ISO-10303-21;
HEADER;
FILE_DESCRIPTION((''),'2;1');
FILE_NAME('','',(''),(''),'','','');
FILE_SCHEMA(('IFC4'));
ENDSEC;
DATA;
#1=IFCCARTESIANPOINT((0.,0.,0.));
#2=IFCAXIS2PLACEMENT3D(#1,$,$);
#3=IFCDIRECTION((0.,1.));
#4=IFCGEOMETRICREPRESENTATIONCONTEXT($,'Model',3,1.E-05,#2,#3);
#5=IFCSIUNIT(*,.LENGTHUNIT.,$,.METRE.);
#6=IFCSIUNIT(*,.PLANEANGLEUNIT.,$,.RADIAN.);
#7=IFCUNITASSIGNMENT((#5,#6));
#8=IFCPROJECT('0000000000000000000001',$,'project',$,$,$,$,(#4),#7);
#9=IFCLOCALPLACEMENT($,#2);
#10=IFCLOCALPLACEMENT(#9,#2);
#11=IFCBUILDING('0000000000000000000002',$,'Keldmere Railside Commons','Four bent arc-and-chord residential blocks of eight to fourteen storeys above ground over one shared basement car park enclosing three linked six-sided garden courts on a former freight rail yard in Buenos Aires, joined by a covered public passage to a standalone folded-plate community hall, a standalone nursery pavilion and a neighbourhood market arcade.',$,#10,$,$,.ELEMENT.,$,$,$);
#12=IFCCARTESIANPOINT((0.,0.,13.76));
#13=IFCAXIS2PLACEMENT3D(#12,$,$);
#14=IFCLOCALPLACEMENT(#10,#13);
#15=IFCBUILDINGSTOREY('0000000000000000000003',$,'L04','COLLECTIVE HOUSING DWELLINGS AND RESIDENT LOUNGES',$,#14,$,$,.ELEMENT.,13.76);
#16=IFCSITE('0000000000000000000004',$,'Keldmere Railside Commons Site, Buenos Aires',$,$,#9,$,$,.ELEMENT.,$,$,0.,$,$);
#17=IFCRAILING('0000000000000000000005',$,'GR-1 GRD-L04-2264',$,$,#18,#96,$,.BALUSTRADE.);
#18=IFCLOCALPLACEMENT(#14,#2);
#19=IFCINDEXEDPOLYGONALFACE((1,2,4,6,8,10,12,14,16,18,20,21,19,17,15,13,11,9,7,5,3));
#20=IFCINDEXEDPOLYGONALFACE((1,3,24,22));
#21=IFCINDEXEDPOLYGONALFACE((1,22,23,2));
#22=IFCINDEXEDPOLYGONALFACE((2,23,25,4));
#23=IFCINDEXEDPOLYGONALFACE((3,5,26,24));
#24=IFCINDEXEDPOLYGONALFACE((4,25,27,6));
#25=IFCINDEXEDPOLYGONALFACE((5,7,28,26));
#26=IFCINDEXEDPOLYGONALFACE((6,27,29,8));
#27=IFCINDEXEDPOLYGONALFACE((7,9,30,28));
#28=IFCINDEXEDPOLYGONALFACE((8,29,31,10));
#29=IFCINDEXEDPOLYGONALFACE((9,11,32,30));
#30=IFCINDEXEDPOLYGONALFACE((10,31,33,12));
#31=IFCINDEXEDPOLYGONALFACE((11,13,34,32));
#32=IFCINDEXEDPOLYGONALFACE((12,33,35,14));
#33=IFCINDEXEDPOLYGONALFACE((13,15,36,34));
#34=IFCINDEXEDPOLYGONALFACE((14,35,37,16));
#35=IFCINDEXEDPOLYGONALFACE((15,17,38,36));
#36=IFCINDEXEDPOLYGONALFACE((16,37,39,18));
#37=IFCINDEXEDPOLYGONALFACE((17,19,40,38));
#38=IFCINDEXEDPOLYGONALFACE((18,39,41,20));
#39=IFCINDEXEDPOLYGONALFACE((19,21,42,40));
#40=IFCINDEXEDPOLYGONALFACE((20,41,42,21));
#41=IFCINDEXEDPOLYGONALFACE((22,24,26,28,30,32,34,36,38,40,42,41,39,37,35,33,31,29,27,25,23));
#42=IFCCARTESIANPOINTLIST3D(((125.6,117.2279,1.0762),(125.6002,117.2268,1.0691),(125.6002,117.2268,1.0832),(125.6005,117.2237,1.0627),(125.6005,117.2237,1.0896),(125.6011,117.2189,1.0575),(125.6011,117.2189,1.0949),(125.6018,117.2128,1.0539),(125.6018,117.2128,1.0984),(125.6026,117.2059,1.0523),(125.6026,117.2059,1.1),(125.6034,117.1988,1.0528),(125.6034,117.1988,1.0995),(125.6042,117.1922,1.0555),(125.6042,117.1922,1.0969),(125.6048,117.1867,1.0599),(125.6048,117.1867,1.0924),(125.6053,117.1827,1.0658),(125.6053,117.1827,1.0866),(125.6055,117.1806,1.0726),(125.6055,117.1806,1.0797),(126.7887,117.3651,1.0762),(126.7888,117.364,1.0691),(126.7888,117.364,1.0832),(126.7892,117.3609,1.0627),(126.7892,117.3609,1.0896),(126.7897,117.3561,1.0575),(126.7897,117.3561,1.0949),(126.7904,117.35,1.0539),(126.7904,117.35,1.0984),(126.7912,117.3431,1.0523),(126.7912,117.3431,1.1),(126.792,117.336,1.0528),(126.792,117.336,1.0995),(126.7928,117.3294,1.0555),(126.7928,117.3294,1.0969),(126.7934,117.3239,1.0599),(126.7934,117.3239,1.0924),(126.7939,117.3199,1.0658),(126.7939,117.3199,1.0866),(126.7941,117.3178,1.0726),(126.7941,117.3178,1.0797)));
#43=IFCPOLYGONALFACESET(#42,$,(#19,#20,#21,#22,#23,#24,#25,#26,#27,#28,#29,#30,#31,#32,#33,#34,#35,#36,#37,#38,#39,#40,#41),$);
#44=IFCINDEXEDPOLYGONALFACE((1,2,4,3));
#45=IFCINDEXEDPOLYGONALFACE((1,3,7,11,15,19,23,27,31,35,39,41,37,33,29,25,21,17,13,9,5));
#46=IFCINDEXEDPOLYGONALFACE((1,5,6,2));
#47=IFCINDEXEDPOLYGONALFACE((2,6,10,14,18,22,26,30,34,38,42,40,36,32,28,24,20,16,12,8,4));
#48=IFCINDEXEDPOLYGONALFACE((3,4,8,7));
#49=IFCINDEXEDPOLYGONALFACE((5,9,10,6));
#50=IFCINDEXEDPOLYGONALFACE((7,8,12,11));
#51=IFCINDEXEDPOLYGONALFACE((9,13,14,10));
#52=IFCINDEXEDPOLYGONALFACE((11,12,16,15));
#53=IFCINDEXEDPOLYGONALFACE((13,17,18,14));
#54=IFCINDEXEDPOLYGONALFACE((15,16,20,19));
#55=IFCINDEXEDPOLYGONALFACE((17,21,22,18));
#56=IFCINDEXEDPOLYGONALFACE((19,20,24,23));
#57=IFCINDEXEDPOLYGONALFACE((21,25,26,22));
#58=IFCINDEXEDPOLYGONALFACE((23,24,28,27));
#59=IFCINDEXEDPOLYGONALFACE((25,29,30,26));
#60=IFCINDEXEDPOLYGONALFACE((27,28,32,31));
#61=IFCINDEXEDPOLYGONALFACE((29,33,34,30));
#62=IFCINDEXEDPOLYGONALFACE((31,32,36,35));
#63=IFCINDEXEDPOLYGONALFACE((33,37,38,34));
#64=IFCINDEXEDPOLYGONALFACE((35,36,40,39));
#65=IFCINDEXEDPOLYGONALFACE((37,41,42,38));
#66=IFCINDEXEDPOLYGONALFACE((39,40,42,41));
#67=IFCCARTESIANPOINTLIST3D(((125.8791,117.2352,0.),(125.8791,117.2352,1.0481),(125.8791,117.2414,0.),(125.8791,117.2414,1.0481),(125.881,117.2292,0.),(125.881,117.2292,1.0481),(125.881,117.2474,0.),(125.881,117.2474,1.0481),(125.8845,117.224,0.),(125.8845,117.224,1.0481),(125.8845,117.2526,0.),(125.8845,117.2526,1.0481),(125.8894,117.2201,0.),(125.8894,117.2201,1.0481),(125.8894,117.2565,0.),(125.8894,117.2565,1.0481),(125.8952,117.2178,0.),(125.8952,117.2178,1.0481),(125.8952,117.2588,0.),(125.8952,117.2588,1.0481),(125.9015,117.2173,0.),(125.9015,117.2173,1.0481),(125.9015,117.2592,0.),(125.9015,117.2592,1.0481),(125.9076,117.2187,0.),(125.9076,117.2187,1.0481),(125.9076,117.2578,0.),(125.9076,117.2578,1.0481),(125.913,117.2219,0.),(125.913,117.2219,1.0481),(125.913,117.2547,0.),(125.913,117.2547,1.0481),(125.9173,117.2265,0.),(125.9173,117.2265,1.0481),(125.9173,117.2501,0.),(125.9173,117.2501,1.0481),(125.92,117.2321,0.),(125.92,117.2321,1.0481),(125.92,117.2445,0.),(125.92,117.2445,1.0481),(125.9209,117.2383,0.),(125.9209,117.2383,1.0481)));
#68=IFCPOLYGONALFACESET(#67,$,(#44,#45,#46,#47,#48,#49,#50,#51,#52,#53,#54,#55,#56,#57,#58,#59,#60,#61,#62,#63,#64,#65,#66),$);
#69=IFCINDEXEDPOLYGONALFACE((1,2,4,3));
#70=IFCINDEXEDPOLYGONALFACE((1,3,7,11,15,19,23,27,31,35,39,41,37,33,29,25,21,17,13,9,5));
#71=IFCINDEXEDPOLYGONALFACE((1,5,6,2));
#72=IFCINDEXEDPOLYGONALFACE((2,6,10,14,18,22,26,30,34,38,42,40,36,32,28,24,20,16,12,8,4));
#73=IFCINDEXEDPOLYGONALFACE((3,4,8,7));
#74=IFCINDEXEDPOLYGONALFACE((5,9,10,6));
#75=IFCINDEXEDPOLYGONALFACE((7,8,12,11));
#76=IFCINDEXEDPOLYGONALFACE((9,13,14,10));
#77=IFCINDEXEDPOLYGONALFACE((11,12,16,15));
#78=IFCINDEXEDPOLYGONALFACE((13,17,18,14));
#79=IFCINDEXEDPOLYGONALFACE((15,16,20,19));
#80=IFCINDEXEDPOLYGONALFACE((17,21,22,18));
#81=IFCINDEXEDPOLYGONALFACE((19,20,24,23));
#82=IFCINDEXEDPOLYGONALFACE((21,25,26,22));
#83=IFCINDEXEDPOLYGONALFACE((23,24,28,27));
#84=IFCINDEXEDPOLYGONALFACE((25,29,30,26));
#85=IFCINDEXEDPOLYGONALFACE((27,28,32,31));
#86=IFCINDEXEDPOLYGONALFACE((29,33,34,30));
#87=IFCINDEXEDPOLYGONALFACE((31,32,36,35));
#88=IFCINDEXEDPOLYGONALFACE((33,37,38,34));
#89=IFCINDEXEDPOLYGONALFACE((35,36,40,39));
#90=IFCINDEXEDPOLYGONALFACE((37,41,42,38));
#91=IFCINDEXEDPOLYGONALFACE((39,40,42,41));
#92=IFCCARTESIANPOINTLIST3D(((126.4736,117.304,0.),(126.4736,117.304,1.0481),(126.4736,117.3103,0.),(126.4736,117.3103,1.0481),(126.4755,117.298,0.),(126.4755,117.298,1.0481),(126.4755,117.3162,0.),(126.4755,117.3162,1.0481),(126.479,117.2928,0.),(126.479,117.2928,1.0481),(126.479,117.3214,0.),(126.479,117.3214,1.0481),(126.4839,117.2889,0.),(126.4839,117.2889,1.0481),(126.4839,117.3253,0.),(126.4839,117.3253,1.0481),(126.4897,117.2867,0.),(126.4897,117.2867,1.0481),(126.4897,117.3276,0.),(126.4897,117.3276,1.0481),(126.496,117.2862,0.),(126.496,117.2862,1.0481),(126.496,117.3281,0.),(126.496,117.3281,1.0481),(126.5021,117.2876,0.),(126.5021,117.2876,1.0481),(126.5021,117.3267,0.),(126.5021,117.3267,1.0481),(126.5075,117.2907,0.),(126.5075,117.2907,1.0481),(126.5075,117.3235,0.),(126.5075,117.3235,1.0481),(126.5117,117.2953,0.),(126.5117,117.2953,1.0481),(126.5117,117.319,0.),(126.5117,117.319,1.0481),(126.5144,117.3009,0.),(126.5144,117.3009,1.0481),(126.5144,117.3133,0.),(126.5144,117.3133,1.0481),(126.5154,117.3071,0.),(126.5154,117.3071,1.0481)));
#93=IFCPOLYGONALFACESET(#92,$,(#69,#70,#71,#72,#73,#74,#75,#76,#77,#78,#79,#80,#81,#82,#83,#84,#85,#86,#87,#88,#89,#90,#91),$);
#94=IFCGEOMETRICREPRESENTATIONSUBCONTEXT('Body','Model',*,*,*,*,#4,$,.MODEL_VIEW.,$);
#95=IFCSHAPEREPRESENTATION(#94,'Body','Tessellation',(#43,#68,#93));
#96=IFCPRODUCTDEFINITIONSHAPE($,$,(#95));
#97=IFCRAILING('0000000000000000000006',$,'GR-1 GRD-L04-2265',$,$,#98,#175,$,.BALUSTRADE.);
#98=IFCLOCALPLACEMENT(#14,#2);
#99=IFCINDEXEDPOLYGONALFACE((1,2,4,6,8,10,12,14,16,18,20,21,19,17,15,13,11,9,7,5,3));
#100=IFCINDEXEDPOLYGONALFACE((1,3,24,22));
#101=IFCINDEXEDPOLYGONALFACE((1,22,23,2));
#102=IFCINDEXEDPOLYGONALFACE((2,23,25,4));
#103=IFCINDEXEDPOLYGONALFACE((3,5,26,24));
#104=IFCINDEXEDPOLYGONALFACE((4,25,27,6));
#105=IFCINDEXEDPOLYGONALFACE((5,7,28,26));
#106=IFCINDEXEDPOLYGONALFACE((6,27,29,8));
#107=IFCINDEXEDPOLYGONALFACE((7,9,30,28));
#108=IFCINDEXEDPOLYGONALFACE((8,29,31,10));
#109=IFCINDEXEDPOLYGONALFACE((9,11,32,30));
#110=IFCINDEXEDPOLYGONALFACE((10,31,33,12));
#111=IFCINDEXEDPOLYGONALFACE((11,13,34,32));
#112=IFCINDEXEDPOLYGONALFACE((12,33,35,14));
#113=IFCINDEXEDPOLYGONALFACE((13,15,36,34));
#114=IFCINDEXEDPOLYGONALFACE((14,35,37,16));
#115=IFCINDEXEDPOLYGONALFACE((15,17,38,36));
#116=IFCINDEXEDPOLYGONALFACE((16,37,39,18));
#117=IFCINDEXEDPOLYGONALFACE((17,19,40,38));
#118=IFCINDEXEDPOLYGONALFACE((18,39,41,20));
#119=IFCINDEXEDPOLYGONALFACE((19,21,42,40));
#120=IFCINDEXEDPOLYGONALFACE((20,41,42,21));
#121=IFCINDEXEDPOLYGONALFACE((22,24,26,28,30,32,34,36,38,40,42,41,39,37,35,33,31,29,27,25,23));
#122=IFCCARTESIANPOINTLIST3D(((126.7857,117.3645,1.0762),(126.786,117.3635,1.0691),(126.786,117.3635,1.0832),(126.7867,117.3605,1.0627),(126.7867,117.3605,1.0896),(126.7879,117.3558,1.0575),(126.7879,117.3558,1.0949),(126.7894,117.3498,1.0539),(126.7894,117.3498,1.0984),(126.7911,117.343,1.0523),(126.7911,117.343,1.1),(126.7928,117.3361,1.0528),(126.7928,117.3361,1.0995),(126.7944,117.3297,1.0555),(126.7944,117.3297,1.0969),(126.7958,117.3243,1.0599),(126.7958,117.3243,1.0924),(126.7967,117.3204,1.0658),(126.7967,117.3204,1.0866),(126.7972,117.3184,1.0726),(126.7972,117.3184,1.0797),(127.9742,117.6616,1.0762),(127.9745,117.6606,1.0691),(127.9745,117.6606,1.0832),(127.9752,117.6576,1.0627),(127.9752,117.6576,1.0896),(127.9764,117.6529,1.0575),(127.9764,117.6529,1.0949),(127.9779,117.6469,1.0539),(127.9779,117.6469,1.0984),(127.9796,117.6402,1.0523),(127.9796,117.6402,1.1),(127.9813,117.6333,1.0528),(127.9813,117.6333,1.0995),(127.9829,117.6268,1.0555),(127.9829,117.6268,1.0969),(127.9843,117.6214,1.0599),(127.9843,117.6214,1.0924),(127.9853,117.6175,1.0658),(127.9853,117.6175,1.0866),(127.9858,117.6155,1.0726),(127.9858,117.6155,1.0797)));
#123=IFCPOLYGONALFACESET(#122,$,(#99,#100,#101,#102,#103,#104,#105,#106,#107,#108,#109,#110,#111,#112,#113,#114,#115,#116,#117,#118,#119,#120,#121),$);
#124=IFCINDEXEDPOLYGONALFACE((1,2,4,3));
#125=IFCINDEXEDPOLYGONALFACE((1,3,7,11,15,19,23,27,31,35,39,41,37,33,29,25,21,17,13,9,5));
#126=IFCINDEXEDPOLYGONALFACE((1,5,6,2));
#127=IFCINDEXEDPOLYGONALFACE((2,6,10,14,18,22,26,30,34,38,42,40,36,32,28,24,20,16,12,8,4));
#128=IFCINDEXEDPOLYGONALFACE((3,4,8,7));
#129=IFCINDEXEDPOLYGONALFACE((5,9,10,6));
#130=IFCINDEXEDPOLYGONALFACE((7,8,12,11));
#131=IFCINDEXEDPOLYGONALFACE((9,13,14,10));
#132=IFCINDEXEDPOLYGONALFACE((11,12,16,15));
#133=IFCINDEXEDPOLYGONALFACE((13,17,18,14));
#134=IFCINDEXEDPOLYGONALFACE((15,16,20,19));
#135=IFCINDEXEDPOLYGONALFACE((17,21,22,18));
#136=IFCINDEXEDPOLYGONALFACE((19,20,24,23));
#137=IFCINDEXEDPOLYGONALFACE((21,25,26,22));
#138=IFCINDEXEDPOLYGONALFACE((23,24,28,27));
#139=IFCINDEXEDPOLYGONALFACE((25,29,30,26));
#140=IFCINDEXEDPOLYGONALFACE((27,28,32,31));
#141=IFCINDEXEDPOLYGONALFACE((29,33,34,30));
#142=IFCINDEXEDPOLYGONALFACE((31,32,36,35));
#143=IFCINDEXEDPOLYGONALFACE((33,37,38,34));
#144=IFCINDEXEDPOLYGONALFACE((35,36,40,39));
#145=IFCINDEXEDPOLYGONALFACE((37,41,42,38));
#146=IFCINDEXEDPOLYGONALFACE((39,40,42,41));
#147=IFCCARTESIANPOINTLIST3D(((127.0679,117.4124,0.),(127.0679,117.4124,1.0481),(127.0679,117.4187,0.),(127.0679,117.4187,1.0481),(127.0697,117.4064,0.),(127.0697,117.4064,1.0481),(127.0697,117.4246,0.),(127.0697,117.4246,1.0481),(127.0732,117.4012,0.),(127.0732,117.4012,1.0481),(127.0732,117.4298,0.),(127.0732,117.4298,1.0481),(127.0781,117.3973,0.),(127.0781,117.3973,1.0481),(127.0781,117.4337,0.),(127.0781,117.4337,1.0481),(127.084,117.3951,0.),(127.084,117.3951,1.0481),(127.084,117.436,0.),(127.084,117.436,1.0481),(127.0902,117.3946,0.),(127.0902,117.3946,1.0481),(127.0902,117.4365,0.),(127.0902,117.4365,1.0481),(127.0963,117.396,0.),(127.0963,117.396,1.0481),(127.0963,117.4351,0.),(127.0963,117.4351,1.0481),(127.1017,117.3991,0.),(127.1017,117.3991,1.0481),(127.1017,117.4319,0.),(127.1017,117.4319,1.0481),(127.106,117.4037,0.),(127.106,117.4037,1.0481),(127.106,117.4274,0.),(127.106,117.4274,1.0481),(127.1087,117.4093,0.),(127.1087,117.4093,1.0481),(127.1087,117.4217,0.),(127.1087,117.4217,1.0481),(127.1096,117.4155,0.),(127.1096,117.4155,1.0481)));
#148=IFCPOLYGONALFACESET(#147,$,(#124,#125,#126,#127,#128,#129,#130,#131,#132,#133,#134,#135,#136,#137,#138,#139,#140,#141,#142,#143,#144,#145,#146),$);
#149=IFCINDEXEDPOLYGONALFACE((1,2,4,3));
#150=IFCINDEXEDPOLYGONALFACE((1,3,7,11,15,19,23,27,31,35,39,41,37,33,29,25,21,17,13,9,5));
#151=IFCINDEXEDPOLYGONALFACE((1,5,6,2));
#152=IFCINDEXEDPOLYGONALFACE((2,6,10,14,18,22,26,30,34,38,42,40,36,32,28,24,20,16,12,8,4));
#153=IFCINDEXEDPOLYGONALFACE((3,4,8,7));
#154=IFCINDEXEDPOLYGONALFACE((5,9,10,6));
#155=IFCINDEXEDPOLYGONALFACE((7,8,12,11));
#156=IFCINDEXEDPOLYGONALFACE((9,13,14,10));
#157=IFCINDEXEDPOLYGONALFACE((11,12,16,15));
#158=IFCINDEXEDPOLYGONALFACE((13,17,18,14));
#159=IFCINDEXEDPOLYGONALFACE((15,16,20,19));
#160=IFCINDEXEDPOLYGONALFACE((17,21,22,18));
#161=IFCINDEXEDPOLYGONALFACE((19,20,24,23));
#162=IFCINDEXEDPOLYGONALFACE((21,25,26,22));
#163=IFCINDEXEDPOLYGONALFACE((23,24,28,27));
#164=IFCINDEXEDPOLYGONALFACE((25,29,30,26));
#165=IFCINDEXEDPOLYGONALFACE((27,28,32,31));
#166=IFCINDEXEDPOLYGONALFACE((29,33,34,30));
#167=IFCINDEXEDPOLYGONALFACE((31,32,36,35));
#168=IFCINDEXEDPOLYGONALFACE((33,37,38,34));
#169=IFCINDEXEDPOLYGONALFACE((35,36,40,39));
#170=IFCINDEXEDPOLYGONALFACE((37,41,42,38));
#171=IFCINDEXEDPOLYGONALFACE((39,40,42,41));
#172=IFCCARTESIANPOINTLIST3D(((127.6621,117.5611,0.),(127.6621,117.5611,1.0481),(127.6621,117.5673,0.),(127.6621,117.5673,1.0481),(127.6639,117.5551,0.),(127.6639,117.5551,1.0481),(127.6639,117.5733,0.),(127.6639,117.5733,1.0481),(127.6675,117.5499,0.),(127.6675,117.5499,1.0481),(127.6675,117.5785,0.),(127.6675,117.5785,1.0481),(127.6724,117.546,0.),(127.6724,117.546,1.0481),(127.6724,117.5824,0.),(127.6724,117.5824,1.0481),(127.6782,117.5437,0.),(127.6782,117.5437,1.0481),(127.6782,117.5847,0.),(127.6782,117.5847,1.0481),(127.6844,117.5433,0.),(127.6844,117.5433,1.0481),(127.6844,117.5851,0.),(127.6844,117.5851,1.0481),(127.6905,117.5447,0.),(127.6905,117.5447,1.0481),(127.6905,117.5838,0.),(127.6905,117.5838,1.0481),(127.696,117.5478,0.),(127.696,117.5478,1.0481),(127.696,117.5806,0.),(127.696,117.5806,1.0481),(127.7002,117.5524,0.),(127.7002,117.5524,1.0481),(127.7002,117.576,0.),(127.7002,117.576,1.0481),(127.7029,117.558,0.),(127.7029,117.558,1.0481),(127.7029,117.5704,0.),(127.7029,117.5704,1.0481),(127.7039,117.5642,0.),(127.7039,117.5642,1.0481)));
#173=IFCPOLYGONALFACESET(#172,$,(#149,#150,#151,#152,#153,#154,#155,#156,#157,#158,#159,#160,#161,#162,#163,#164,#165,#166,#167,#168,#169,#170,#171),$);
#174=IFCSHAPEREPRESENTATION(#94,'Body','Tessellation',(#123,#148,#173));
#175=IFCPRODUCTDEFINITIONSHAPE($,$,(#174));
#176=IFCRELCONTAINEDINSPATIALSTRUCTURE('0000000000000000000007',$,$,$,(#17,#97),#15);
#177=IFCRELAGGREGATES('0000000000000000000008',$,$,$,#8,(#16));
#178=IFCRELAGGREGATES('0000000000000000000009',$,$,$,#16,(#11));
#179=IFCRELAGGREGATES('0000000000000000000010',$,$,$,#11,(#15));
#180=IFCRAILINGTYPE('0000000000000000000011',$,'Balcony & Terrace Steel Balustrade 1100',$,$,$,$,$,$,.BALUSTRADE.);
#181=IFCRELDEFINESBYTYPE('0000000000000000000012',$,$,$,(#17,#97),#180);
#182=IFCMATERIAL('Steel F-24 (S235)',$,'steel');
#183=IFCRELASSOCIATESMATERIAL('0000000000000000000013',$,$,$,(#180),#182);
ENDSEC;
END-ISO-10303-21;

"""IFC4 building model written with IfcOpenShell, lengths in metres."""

from ifc_helpers import new_model, si_unit, direction, frame, origin, origin_2d, place, context, subcontext, project, spatial, circle, extrude, material, type_object, element, save


model = new_model("IFC4")

# Units and contexts
model_context = context("Model", 3, precision=1e-05, world=origin(), true_north=direction((0.0, 1.0)))
body_context = subcontext(model_context, "Body", "Model", "MODEL_VIEW")
ifc_project = project(units=[si_unit("LENGTHUNIT", "METRE"), si_unit("PLANEANGLEUNIT", "RADIAN")], contexts=[model_context])

# Site, building, storey
site_placement = place(None, origin())
site = spatial("IfcSite", under=ifc_project, at=site_placement, Name="Keldmere Railside Commons Site, Buenos Aires", CompositionType="ELEMENT", RefElevation=0.0)
building_placement = place(site_placement, origin())
building = spatial("IfcBuilding", under=site, at=building_placement, Name="Keldmere Railside Commons", Description="Four bent arc-and-chord residential blocks of eight to fourteen storeys above ground over one shared basement car park enclosing three linked six-sided garden courts on a former freight rail yard in Buenos Aires, joined by a covered public passage to a standalone folded-plate community hall, a standalone nursery pavilion and a neighbourhood market arcade.", CompositionType="ELEMENT")
storey_placement = place(building_placement, frame((0.0, 0.0, 13.76)))
storey = spatial("IfcBuildingStorey", under=building, at=storey_placement, Name="L04", Description="COLLECTIVE HOUSING DWELLINGS AND RESIDENT LOUNGES", CompositionType="ELEMENT", Elevation=13.76)

# Railings
ifc_material_1 = material(Name="Steel F-24 (S235)", Category="steel")
railing_type_1 = type_object("IfcRailingType", Name="Balcony & Terrace Steel Balustrade 1100", PredefinedType="BALUSTRADE", material=ifc_material_1)
railing_1_placement = place(storey_placement, frame((125.6028, 117.2041, 0.0)))
element("IfcRailing", 1, at=railing_1_placement, inside=storey, type_object=railing_type_1, Name="GR-1 GRD-L04-2264", PredefinedType="BALUSTRADE", context=body_context, shape_type="SweptSolid", body=[
    extrude(circle(Radius=0.0239, at=origin_2d()), frame((0.0, 0.0, 1.0762), z_axis=(0.993404, 0.114663, 0.0), x_axis=(-0.114663, 0.993404, 0.0)), (0.0, 0.0, 1.0), 1.1965),
    extrude(circle(Radius=0.021, at=origin_2d()), frame((0.2971, 0.0342, 0.0)), (0.0, 0.0, 1.0), 1.0481),
    extrude(circle(Radius=0.021, at=origin_2d()), frame((0.8916, 0.103, 0.0)), (0.0, 0.0, 1.0), 1.0481),
])
railing_2_placement = place(storey_placement, frame((126.7915, 117.3413, 0.0)))
element("IfcRailing", 2, at=railing_2_placement, inside=storey, type_object=railing_type_1, Name="GR-1 GRD-L04-2265", PredefinedType="BALUSTRADE", context=body_context, shape_type="SweptSolid", body=[
    extrude(circle(Radius=0.0239, at=origin_2d()), frame((0.0, 0.0, 1.0762), z_axis=(0.970143, 0.242536, 0.0), x_axis=(-0.242536, 0.970143, 0.0)), (0.0, 0.0, 1.0), 1.2251),
    extrude(circle(Radius=0.021, at=origin_2d()), frame((0.2971, 0.0742, 0.0)), (0.0, 0.0, 1.0), 1.0481),
    extrude(circle(Radius=0.021, at=origin_2d()), frame((0.8914, 0.2229, 0.0)), (0.0, 0.0, 1.0), 1.0481),
])

save(model, "model.ifc")
